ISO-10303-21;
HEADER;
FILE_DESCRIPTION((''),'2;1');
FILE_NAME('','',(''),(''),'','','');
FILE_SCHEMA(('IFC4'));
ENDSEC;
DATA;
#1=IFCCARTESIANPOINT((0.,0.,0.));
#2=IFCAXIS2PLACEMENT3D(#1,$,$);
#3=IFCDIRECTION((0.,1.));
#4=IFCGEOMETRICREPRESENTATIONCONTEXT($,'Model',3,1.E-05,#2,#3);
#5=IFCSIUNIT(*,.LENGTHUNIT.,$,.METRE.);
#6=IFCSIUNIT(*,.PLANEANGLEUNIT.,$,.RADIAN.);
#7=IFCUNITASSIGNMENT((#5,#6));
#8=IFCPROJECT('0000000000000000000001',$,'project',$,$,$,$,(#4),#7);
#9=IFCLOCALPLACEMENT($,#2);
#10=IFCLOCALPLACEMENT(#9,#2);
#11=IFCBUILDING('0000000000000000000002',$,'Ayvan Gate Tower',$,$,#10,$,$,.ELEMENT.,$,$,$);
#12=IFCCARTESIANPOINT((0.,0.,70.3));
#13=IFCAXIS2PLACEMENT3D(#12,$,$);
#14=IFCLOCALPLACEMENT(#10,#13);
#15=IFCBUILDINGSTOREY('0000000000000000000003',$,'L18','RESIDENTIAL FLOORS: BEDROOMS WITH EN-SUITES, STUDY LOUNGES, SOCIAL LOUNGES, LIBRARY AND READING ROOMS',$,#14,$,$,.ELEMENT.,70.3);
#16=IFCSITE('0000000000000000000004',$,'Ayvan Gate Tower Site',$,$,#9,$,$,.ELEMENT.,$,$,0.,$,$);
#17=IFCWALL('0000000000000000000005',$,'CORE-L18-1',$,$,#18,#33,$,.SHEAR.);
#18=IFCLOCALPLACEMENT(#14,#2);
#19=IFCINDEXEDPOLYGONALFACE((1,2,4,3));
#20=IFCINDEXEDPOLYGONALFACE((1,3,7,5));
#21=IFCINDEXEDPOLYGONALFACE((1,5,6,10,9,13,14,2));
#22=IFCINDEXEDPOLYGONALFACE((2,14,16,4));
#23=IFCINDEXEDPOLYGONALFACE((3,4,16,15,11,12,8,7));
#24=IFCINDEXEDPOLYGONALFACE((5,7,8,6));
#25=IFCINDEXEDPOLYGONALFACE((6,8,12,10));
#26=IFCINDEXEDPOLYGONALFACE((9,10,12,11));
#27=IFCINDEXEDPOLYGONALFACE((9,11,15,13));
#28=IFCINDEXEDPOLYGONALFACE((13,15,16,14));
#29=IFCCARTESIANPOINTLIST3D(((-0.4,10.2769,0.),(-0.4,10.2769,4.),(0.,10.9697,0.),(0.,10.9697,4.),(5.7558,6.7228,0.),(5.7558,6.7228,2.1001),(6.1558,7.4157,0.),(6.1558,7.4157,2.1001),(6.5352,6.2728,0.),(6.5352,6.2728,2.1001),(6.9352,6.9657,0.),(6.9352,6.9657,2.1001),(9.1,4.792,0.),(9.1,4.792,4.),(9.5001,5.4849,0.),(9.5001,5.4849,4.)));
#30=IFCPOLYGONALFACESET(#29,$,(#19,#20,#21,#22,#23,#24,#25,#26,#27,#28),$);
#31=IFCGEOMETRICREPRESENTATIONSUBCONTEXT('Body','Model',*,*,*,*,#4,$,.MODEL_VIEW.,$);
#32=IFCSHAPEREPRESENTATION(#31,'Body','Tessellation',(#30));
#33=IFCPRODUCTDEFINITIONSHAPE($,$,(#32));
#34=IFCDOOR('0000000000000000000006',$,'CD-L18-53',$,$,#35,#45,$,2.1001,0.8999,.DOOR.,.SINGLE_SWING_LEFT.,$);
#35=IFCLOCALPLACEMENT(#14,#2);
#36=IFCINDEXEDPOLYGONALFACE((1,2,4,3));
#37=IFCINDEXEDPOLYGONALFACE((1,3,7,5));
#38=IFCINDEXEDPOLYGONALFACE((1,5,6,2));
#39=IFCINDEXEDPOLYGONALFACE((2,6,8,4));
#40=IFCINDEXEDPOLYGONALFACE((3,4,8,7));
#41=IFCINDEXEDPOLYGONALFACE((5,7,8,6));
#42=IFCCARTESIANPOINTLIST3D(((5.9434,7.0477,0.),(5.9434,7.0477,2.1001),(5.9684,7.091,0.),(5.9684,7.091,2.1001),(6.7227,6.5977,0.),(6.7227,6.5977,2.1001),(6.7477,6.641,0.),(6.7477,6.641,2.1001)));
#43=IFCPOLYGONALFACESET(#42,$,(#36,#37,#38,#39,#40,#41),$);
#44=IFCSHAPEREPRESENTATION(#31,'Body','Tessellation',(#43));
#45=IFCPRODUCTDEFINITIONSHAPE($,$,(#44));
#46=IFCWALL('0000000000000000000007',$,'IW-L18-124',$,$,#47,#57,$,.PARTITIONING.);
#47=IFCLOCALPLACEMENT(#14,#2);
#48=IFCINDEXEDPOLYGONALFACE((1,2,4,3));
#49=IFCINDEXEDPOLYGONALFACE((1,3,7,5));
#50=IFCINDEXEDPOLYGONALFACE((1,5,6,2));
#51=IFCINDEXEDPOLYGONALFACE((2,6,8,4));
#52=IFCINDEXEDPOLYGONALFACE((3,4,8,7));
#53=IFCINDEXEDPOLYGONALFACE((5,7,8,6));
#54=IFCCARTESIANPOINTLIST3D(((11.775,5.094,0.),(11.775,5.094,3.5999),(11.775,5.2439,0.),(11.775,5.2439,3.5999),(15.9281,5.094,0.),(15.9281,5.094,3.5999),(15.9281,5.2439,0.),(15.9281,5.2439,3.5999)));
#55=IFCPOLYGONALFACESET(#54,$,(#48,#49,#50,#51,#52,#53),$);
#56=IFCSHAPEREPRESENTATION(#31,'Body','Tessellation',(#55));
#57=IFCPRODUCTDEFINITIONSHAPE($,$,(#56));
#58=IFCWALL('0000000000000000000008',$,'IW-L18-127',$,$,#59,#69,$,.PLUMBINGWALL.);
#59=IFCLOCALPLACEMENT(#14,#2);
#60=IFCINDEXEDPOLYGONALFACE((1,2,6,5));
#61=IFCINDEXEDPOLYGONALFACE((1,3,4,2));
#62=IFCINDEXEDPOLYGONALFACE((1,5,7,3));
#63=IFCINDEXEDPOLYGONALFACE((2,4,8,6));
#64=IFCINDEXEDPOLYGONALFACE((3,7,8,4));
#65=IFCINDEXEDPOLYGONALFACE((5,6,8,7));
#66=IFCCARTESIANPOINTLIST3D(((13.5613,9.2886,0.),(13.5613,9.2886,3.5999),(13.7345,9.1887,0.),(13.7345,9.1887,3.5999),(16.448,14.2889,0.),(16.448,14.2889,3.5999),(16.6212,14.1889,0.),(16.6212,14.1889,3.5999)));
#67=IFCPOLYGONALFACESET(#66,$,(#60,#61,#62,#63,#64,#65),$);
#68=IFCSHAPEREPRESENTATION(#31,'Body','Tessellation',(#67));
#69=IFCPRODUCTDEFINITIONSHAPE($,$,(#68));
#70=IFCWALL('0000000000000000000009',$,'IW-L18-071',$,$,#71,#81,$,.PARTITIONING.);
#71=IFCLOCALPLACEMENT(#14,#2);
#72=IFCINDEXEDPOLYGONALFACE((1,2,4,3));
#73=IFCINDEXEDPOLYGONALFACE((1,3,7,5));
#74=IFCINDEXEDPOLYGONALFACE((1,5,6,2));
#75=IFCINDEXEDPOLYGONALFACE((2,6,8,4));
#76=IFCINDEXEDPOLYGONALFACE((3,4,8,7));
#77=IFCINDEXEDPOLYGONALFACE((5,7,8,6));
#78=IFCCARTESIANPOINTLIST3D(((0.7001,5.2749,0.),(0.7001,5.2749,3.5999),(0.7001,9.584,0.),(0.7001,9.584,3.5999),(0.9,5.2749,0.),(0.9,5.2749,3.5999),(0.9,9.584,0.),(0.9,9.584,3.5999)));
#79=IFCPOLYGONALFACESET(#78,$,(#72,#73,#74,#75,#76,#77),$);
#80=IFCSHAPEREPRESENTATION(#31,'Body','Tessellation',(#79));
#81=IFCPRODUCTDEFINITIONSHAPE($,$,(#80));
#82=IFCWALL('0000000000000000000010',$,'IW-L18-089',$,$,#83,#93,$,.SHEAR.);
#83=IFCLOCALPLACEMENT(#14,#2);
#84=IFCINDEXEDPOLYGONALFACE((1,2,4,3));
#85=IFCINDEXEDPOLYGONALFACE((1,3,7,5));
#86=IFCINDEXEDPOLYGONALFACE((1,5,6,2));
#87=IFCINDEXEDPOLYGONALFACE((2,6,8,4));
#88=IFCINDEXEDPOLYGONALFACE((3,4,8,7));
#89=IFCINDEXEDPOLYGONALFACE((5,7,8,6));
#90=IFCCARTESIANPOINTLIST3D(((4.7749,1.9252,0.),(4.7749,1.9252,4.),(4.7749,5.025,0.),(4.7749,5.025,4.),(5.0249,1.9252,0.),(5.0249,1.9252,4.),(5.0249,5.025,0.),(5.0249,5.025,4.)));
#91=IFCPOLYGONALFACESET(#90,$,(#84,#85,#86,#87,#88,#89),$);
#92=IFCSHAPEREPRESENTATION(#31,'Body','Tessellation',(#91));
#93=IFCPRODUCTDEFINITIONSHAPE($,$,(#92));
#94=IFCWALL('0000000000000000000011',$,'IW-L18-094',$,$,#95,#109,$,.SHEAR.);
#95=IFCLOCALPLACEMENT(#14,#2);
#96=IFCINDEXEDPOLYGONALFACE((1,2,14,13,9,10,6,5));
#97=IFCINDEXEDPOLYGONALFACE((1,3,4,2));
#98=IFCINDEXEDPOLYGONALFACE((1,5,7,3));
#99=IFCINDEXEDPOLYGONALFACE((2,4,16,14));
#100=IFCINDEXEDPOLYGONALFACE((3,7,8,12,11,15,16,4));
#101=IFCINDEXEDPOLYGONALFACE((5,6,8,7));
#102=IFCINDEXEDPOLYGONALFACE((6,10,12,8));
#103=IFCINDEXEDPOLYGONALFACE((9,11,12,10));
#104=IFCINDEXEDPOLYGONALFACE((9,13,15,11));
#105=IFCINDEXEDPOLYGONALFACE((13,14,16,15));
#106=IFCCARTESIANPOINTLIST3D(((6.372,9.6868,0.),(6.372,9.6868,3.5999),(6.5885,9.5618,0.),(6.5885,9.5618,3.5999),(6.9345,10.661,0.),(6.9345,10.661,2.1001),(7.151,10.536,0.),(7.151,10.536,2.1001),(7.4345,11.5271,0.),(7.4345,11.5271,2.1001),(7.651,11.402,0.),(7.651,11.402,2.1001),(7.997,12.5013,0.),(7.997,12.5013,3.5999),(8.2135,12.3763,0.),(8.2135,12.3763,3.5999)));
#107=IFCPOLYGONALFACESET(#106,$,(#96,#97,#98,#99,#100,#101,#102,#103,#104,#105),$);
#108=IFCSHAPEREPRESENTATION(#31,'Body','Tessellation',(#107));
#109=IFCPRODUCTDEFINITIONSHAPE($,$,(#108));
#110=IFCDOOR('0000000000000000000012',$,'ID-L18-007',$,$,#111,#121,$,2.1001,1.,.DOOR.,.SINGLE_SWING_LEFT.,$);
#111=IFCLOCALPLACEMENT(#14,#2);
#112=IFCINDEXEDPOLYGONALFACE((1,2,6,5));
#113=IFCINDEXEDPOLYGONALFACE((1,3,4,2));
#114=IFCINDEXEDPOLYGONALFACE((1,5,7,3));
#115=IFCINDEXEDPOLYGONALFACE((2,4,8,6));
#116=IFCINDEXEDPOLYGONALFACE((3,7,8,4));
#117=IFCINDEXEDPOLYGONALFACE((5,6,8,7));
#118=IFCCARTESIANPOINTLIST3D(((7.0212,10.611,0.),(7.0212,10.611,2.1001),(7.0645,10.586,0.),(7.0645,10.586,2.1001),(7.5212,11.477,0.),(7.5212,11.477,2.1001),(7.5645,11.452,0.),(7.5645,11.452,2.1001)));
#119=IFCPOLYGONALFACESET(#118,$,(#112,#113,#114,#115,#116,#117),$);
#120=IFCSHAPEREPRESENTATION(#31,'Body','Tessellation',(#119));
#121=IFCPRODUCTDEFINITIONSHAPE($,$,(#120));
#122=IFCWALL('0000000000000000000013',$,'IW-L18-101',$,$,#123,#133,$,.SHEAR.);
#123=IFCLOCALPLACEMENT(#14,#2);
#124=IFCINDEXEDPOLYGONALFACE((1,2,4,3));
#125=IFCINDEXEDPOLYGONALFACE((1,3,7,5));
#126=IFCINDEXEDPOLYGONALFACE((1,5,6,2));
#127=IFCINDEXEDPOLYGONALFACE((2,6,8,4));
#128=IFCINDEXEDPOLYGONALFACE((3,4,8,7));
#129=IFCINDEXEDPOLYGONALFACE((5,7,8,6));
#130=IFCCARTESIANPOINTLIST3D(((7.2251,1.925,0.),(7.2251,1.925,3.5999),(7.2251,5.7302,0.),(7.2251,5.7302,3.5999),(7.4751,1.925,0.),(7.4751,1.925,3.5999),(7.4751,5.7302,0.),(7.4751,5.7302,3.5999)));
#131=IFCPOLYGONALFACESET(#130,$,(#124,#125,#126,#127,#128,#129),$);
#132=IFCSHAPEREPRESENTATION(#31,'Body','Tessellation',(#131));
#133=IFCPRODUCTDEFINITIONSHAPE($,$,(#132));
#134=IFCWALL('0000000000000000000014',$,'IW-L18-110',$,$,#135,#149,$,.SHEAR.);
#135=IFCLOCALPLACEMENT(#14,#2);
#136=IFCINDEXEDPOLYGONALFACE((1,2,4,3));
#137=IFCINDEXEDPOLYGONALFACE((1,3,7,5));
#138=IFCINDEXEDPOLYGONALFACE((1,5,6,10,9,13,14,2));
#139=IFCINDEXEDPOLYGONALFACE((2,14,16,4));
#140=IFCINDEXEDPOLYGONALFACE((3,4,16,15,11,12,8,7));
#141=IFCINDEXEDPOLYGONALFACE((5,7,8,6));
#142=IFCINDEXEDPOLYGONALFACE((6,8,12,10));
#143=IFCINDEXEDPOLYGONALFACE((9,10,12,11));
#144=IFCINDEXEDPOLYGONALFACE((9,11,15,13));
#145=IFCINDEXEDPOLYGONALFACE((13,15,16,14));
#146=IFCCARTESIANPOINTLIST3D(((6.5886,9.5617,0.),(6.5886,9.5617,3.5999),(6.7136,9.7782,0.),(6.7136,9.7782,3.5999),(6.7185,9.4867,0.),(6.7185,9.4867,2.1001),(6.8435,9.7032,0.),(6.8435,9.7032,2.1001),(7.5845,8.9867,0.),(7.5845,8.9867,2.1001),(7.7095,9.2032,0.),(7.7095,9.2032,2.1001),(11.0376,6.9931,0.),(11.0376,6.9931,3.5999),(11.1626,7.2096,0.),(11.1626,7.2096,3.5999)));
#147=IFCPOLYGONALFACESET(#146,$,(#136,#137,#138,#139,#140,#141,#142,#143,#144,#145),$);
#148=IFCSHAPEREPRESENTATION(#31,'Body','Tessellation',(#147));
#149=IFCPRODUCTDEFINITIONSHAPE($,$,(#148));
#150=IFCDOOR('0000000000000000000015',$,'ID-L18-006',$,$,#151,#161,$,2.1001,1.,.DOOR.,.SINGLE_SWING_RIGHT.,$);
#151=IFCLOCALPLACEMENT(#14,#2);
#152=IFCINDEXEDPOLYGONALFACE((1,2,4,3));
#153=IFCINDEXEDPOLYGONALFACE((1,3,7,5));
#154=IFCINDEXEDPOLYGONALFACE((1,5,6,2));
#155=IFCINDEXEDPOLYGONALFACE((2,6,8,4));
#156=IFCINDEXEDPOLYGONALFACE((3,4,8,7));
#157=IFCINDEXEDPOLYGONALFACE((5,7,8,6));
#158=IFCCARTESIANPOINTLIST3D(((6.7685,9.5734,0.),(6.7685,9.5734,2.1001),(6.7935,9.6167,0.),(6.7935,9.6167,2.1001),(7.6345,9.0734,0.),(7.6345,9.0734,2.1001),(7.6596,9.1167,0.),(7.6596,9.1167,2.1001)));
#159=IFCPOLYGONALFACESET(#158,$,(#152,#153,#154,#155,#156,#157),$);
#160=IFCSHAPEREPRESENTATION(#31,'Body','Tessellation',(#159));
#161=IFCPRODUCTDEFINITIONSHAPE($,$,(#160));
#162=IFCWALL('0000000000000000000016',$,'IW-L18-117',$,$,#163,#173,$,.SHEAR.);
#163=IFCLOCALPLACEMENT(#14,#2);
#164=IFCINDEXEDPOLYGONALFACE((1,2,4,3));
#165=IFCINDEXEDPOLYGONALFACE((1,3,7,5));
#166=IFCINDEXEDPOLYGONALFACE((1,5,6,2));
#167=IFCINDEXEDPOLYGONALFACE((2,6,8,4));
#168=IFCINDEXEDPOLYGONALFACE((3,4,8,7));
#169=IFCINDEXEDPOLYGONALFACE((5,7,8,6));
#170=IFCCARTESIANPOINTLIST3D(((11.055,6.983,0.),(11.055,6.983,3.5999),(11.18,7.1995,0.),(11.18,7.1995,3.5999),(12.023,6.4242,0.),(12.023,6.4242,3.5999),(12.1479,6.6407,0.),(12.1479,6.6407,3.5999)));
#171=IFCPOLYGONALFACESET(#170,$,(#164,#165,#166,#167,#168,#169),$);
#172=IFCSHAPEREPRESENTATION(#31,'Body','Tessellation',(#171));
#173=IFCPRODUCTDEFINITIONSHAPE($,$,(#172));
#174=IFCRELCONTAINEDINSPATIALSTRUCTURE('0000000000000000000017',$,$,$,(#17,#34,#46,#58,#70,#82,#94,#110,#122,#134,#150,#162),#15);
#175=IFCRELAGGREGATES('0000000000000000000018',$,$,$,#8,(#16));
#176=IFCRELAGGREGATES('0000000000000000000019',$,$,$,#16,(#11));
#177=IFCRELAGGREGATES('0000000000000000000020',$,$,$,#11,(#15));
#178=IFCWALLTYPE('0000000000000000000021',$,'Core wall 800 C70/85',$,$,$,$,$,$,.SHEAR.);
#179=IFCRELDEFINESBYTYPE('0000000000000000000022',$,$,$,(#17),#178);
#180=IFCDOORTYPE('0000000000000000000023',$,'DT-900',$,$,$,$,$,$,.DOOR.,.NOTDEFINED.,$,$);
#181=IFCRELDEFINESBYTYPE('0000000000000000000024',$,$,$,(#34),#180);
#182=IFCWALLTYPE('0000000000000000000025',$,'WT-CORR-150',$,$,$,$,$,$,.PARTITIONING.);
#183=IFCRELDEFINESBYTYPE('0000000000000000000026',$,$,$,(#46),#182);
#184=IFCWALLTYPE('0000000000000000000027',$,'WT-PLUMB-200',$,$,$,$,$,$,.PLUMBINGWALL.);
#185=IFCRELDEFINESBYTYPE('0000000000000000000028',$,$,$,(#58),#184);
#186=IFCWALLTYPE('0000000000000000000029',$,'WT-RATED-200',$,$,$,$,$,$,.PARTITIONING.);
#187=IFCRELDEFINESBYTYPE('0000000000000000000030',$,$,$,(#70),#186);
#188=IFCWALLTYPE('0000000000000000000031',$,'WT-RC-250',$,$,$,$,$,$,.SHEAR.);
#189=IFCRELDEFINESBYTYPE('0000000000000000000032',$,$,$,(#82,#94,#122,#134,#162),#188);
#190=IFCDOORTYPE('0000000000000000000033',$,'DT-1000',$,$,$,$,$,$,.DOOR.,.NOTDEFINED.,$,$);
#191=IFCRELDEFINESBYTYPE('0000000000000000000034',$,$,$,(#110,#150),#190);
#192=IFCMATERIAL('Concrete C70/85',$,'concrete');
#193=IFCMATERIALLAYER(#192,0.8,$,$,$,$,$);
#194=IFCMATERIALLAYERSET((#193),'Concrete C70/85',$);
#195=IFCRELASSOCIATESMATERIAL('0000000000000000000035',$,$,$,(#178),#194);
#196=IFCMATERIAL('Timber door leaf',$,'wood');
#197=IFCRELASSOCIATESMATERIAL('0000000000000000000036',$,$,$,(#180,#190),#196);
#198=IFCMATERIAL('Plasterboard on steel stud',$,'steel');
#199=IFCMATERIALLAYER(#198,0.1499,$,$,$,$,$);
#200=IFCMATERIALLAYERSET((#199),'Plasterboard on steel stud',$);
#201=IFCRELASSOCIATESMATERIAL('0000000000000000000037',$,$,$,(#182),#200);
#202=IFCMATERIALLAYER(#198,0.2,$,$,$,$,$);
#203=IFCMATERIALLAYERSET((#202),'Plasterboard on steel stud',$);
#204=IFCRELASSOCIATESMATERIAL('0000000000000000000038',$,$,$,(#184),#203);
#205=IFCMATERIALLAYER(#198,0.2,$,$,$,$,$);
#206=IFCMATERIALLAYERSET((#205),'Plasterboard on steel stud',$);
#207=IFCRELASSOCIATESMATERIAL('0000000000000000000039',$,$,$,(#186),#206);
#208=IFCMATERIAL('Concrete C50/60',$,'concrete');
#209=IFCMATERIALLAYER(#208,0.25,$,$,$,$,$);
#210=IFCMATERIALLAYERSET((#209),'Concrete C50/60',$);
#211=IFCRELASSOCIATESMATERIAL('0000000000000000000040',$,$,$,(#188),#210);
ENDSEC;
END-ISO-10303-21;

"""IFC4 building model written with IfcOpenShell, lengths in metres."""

from ifc_helpers import new_model, si_unit, direction, frame, frame_2d, origin, place, context, subcontext, project, spatial, rectangle, extrude, material, layer, layer_set, type_object, element, fill, save


model = new_model("IFC4")

# Units and contexts
model_context = context("Model", 3, precision=1e-05, world=origin(), true_north=direction((0.0, 1.0)))
body_context = subcontext(model_context, "Body", "Model", "MODEL_VIEW")
ifc_project = project(units=[si_unit("LENGTHUNIT", "METRE"), si_unit("PLANEANGLEUNIT", "RADIAN")], contexts=[model_context])

# Site, building, storey
site_placement = place(None, origin())
site = spatial("IfcSite", under=ifc_project, at=site_placement, Name="Ayvan Gate Tower Site", CompositionType="ELEMENT", RefElevation=0.0)
building_placement = place(site_placement, origin())
building = spatial("IfcBuilding", under=site, at=building_placement, Name="Ayvan Gate Tower", CompositionType="ELEMENT")
storey_placement = place(building_placement, frame((0.0, 0.0, 70.3)))
storey = spatial("IfcBuildingStorey", under=building, at=storey_placement, Name="L18", Description="RESIDENTIAL FLOORS: BEDROOMS WITH EN-SUITES, STUDY LOUNGES, SOCIAL LOUNGES, LIBRARY AND READING ROOMS", CompositionType="ELEMENT", Elevation=70.3)

# Wall, opening, door
ifc_material_1 = material(Name="Concrete C70/85", Category="concrete")
ifc_layer_1 = layer(ifc_material_1, 0.8)
ifc_layer_set_1 = layer_set([ifc_layer_1], Name="Concrete C70/85")
wall_type_1 = type_object("IfcWallType", Name="Core wall 800 C70/85", PredefinedType="SHEAR", material=ifc_layer_set_1)
wall_1_placement = place(storey_placement, frame((9.3, 5.1384, 0.0), z_axis=(0.0, 0.0, 1.0), x_axis=(-0.866024, 0.500002, 0.0)))
wall_1 = element("IfcWall", 1, at=wall_1_placement, inside=storey, type_object=wall_type_1, Name="CORE-L18-1", PredefinedType="SHEAR", context=body_context, shape_type="SweptSolid", body=[
    extrude(rectangle(XDim=10.9697, YDim=0.8, at=frame_2d((5.4849, 0.0))), origin(), (0.0, 0.0, 1.0), 4.0),
])
opening_1_placement = place(wall_1_placement, frame((2.9617, 0.0, 0.0)))
opening_1 = element("IfcOpeningElement", 2, at=opening_1_placement, cuts=wall_1, PredefinedType="OPENING", context=body_context, shape_type="SweptSolid", body=[
    extrude(rectangle(XDim=0.8999, YDim=2.1001, at=frame_2d((0.45, 1.05))), frame((0.0, 0.4099, 0.0), z_axis=(0.0, -1.0, 0.0), x_axis=(1.0, 0.0, 0.0)), (0.0, 0.0, 1.0), 0.8201),
])
ifc_material_2 = material(Name="Timber door leaf", Category="wood")
door_type_1 = type_object("IfcDoorType", Name="DT-900", OperationType="NOTDEFINED", PredefinedType="DOOR", material=ifc_material_2)
door_1_placement = place(opening_1_placement, origin())
door_1 = element("IfcDoor", 3, at=door_1_placement, inside=storey, type_object=door_type_1, Name="CD-L18-53", OperationType="SINGLE_SWING_LEFT", OverallHeight=2.1001, OverallWidth=0.8999, PredefinedType="DOOR", context=body_context, shape_type="SweptSolid", body=[
    extrude(rectangle(XDim=0.8999, YDim=2.1001, at=frame_2d((0.45, 1.05))), frame((0.0, 0.0249, 0.0), z_axis=(0.0, -1.0, 0.0), x_axis=(1.0, 0.0, 0.0)), (0.0, 0.0, 1.0), 0.05),
])
fill(opening_1, door_1)

# Walls
ifc_material_3 = material(Name="Plasterboard on steel stud", Category="steel")
ifc_layer_2 = layer(ifc_material_3, 0.1499)
ifc_layer_set_2 = layer_set([ifc_layer_2], Name="Plasterboard on steel stud")
wall_type_2 = type_object("IfcWallType", Name="WT-CORR-150", PredefinedType="PARTITIONING", material=ifc_layer_set_2)
wall_2_placement = place(storey_placement, frame((11.7749, 5.1689, 0.0), z_axis=(0.0, 0.0, 1.0), x_axis=(1.0, 0.0, 0.0)))
element("IfcWall", 4, at=wall_2_placement, inside=storey, type_object=wall_type_2, Name="IW-L18-124", PredefinedType="PARTITIONING", context=body_context, shape_type="SweptSolid", body=[
    extrude(rectangle(XDim=4.1531, YDim=0.1499, at=frame_2d((2.0767, 0.0))), origin(), (0.0, 0.0, 1.0), 3.5999),
])
ifc_layer_3 = layer(ifc_material_3, 0.2)
ifc_layer_set_3 = layer_set([ifc_layer_3], Name="Plasterboard on steel stud")
wall_type_3 = type_object("IfcWallType", Name="WT-PLUMB-200", PredefinedType="PLUMBINGWALL", material=ifc_layer_set_3)
wall_3_placement = place(storey_placement, frame((13.6479, 9.2388, 0.0), z_axis=(0.0, 0.0, 1.0), x_axis=(0.499977, 0.866038, 0.0)))
element("IfcWall", 5, at=wall_3_placement, inside=storey, type_object=wall_type_3, Name="IW-L18-127", PredefinedType="PLUMBINGWALL", context=body_context, shape_type="SweptSolid", body=[
    extrude(rectangle(XDim=5.7737, YDim=0.2, at=frame_2d((2.8867, 0.0))), origin(), (0.0, 0.0, 1.0), 3.5999),
])
ifc_layer_4 = layer(ifc_material_3, 0.2)
ifc_layer_set_4 = layer_set([ifc_layer_4], Name="Plasterboard on steel stud")
wall_type_4 = type_object("IfcWallType", Name="WT-RATED-200", PredefinedType="PARTITIONING", material=ifc_layer_set_4)
wall_4_placement = place(storey_placement, frame((0.8, 9.584, 0.0), z_axis=(0.0, 0.0, 1.0), x_axis=(0.0, -1.0, 0.0)))
element("IfcWall", 6, at=wall_4_placement, inside=storey, type_object=wall_type_4, Name="IW-L18-071", PredefinedType="PARTITIONING", context=body_context, shape_type="SweptSolid", body=[
    extrude(rectangle(XDim=4.3091, YDim=0.2, at=frame_2d((2.1545, 0.0))), origin(), (0.0, 0.0, 1.0), 3.5999),
])
ifc_material_4 = material(Name="Concrete C50/60", Category="concrete")
ifc_layer_5 = layer(ifc_material_4, 0.25)
ifc_layer_set_5 = layer_set([ifc_layer_5], Name="Concrete C50/60")
wall_type_5 = type_object("IfcWallType", Name="WT-RC-250", PredefinedType="SHEAR", material=ifc_layer_set_5)
wall_5_placement = place(storey_placement, frame((4.8999, 5.0249, 0.0), z_axis=(0.0, 0.0, 1.0), x_axis=(0.0, -1.0, 0.0)))
element("IfcWall", 7, at=wall_5_placement, inside=storey, type_object=wall_type_5, Name="IW-L18-089", PredefinedType="SHEAR", context=body_context, shape_type="SweptSolid", body=[
    extrude(rectangle(XDim=3.0999, YDim=0.25, at=frame_2d((1.5498, 0.0))), origin(), (0.0, 0.0, 1.0), 4.0),
])

# Wall, opening, door
wall_6_placement = place(storey_placement, frame((6.4802, 9.6243, 0.0), z_axis=(0.0, 0.0, 1.0), x_axis=(0.500017, 0.866015, 0.0)))
wall_6 = element("IfcWall", 8, at=wall_6_placement, inside=storey, type_object=wall_type_5, Name="IW-L18-094", PredefinedType="SHEAR", context=body_context, shape_type="SweptSolid", body=[
    extrude(rectangle(XDim=3.25, YDim=0.25, at=frame_2d((1.625, 0.0))), origin(), (0.0, 0.0, 1.0), 3.5999),
])
opening_2_placement = place(wall_6_placement, frame((1.125, 0.0, 0.0)))
opening_2 = element("IfcOpeningElement", 9, at=opening_2_placement, cuts=wall_6, PredefinedType="OPENING", context=body_context, shape_type="SweptSolid", body=[
    extrude(rectangle(XDim=1.0, YDim=2.1001, at=frame_2d((0.5, 1.05))), frame((0.0, 0.135, 0.0), z_axis=(0.0, -1.0, 0.0), x_axis=(1.0, 0.0, 0.0)), (0.0, 0.0, 1.0), 0.27),
])
door_type_2 = type_object("IfcDoorType", Name="DT-1000", OperationType="NOTDEFINED", PredefinedType="DOOR", material=ifc_material_2)
door_2_placement = place(opening_2_placement, origin())
door_2 = element("IfcDoor", 10, at=door_2_placement, inside=storey, type_object=door_type_2, Name="ID-L18-007", OperationType="SINGLE_SWING_LEFT", OverallHeight=2.1001, OverallWidth=1.0, PredefinedType="DOOR", context=body_context, shape_type="SweptSolid", body=[
    extrude(rectangle(XDim=1.0, YDim=2.1001, at=frame_2d((0.5, 1.05))), frame((0.0, 0.0249, 0.0), z_axis=(0.0, -1.0, 0.0), x_axis=(1.0, 0.0, 0.0)), (0.0, 0.0, 1.0), 0.05),
])
fill(opening_2, door_2)

# Wall
wall_7_placement = place(storey_placement, frame((7.3501, 5.7302, 0.0), z_axis=(0.0, 0.0, 1.0), x_axis=(0.0, -1.0, 0.0)))
element("IfcWall", 11, at=wall_7_placement, inside=storey, type_object=wall_type_5, Name="IW-L18-101", PredefinedType="SHEAR", context=body_context, shape_type="SweptSolid", body=[
    extrude(rectangle(XDim=3.8052, YDim=0.25, at=frame_2d((1.9026, 0.0))), origin(), (0.0, 0.0, 1.0), 3.5999),
])

# Wall, opening, door
wall_8_placement = place(storey_placement, frame((11.1001, 7.1013, 0.0), z_axis=(0.0, 0.0, 1.0), x_axis=(-0.866027, 0.499998, 0.0)))
wall_8 = element("IfcWall", 12, at=wall_8_placement, inside=storey, type_object=wall_type_5, Name="IW-L18-110", PredefinedType="SHEAR", context=body_context, shape_type="SweptSolid", body=[
    extrude(rectangle(XDim=5.1372, YDim=0.25, at=frame_2d((2.5686, 0.0))), origin(), (0.0, 0.0, 1.0), 3.5999),
])
opening_3_placement = place(wall_8_placement, frame((3.9873, 0.0, 0.0)))
opening_3 = element("IfcOpeningElement", 13, at=opening_3_placement, cuts=wall_8, PredefinedType="OPENING", context=body_context, shape_type="SweptSolid", body=[
    extrude(rectangle(XDim=1.0, YDim=2.1001, at=frame_2d((0.5, 1.05))), frame((0.0, 0.135, 0.0), z_axis=(0.0, -1.0, 0.0), x_axis=(1.0, 0.0, 0.0)), (0.0, 0.0, 1.0), 0.27),
])
door_3_placement = place(opening_3_placement, origin())
door_3 = element("IfcDoor", 14, at=door_3_placement, inside=storey, type_object=door_type_2, Name="ID-L18-006", OperationType="SINGLE_SWING_RIGHT", OverallHeight=2.1001, OverallWidth=1.0, PredefinedType="DOOR", context=body_context, shape_type="SweptSolid", body=[
    extrude(rectangle(XDim=1.0, YDim=2.1001, at=frame_2d((0.5, 1.05))), frame((0.0, 0.0249, 0.0), z_axis=(0.0, -1.0, 0.0), x_axis=(1.0, 0.0, 0.0)), (0.0, 0.0, 1.0), 0.05),
])
fill(opening_3, door_3)

# Wall
wall_9_placement = place(storey_placement, frame((12.0854, 6.5325, 0.0), z_axis=(0.0, 0.0, 1.0), x_axis=(-0.866044, 0.499968, 0.0)))
element("IfcWall", 15, at=wall_9_placement, inside=storey, type_object=wall_type_5, Name="IW-L18-117", PredefinedType="SHEAR", context=body_context, shape_type="SweptSolid", body=[
    extrude(rectangle(XDim=1.1177, YDim=0.25, at=frame_2d((0.5588, 0.0))), origin(), (0.0, 0.0, 1.0), 3.5999),
])

save(model, "model.ifc")
